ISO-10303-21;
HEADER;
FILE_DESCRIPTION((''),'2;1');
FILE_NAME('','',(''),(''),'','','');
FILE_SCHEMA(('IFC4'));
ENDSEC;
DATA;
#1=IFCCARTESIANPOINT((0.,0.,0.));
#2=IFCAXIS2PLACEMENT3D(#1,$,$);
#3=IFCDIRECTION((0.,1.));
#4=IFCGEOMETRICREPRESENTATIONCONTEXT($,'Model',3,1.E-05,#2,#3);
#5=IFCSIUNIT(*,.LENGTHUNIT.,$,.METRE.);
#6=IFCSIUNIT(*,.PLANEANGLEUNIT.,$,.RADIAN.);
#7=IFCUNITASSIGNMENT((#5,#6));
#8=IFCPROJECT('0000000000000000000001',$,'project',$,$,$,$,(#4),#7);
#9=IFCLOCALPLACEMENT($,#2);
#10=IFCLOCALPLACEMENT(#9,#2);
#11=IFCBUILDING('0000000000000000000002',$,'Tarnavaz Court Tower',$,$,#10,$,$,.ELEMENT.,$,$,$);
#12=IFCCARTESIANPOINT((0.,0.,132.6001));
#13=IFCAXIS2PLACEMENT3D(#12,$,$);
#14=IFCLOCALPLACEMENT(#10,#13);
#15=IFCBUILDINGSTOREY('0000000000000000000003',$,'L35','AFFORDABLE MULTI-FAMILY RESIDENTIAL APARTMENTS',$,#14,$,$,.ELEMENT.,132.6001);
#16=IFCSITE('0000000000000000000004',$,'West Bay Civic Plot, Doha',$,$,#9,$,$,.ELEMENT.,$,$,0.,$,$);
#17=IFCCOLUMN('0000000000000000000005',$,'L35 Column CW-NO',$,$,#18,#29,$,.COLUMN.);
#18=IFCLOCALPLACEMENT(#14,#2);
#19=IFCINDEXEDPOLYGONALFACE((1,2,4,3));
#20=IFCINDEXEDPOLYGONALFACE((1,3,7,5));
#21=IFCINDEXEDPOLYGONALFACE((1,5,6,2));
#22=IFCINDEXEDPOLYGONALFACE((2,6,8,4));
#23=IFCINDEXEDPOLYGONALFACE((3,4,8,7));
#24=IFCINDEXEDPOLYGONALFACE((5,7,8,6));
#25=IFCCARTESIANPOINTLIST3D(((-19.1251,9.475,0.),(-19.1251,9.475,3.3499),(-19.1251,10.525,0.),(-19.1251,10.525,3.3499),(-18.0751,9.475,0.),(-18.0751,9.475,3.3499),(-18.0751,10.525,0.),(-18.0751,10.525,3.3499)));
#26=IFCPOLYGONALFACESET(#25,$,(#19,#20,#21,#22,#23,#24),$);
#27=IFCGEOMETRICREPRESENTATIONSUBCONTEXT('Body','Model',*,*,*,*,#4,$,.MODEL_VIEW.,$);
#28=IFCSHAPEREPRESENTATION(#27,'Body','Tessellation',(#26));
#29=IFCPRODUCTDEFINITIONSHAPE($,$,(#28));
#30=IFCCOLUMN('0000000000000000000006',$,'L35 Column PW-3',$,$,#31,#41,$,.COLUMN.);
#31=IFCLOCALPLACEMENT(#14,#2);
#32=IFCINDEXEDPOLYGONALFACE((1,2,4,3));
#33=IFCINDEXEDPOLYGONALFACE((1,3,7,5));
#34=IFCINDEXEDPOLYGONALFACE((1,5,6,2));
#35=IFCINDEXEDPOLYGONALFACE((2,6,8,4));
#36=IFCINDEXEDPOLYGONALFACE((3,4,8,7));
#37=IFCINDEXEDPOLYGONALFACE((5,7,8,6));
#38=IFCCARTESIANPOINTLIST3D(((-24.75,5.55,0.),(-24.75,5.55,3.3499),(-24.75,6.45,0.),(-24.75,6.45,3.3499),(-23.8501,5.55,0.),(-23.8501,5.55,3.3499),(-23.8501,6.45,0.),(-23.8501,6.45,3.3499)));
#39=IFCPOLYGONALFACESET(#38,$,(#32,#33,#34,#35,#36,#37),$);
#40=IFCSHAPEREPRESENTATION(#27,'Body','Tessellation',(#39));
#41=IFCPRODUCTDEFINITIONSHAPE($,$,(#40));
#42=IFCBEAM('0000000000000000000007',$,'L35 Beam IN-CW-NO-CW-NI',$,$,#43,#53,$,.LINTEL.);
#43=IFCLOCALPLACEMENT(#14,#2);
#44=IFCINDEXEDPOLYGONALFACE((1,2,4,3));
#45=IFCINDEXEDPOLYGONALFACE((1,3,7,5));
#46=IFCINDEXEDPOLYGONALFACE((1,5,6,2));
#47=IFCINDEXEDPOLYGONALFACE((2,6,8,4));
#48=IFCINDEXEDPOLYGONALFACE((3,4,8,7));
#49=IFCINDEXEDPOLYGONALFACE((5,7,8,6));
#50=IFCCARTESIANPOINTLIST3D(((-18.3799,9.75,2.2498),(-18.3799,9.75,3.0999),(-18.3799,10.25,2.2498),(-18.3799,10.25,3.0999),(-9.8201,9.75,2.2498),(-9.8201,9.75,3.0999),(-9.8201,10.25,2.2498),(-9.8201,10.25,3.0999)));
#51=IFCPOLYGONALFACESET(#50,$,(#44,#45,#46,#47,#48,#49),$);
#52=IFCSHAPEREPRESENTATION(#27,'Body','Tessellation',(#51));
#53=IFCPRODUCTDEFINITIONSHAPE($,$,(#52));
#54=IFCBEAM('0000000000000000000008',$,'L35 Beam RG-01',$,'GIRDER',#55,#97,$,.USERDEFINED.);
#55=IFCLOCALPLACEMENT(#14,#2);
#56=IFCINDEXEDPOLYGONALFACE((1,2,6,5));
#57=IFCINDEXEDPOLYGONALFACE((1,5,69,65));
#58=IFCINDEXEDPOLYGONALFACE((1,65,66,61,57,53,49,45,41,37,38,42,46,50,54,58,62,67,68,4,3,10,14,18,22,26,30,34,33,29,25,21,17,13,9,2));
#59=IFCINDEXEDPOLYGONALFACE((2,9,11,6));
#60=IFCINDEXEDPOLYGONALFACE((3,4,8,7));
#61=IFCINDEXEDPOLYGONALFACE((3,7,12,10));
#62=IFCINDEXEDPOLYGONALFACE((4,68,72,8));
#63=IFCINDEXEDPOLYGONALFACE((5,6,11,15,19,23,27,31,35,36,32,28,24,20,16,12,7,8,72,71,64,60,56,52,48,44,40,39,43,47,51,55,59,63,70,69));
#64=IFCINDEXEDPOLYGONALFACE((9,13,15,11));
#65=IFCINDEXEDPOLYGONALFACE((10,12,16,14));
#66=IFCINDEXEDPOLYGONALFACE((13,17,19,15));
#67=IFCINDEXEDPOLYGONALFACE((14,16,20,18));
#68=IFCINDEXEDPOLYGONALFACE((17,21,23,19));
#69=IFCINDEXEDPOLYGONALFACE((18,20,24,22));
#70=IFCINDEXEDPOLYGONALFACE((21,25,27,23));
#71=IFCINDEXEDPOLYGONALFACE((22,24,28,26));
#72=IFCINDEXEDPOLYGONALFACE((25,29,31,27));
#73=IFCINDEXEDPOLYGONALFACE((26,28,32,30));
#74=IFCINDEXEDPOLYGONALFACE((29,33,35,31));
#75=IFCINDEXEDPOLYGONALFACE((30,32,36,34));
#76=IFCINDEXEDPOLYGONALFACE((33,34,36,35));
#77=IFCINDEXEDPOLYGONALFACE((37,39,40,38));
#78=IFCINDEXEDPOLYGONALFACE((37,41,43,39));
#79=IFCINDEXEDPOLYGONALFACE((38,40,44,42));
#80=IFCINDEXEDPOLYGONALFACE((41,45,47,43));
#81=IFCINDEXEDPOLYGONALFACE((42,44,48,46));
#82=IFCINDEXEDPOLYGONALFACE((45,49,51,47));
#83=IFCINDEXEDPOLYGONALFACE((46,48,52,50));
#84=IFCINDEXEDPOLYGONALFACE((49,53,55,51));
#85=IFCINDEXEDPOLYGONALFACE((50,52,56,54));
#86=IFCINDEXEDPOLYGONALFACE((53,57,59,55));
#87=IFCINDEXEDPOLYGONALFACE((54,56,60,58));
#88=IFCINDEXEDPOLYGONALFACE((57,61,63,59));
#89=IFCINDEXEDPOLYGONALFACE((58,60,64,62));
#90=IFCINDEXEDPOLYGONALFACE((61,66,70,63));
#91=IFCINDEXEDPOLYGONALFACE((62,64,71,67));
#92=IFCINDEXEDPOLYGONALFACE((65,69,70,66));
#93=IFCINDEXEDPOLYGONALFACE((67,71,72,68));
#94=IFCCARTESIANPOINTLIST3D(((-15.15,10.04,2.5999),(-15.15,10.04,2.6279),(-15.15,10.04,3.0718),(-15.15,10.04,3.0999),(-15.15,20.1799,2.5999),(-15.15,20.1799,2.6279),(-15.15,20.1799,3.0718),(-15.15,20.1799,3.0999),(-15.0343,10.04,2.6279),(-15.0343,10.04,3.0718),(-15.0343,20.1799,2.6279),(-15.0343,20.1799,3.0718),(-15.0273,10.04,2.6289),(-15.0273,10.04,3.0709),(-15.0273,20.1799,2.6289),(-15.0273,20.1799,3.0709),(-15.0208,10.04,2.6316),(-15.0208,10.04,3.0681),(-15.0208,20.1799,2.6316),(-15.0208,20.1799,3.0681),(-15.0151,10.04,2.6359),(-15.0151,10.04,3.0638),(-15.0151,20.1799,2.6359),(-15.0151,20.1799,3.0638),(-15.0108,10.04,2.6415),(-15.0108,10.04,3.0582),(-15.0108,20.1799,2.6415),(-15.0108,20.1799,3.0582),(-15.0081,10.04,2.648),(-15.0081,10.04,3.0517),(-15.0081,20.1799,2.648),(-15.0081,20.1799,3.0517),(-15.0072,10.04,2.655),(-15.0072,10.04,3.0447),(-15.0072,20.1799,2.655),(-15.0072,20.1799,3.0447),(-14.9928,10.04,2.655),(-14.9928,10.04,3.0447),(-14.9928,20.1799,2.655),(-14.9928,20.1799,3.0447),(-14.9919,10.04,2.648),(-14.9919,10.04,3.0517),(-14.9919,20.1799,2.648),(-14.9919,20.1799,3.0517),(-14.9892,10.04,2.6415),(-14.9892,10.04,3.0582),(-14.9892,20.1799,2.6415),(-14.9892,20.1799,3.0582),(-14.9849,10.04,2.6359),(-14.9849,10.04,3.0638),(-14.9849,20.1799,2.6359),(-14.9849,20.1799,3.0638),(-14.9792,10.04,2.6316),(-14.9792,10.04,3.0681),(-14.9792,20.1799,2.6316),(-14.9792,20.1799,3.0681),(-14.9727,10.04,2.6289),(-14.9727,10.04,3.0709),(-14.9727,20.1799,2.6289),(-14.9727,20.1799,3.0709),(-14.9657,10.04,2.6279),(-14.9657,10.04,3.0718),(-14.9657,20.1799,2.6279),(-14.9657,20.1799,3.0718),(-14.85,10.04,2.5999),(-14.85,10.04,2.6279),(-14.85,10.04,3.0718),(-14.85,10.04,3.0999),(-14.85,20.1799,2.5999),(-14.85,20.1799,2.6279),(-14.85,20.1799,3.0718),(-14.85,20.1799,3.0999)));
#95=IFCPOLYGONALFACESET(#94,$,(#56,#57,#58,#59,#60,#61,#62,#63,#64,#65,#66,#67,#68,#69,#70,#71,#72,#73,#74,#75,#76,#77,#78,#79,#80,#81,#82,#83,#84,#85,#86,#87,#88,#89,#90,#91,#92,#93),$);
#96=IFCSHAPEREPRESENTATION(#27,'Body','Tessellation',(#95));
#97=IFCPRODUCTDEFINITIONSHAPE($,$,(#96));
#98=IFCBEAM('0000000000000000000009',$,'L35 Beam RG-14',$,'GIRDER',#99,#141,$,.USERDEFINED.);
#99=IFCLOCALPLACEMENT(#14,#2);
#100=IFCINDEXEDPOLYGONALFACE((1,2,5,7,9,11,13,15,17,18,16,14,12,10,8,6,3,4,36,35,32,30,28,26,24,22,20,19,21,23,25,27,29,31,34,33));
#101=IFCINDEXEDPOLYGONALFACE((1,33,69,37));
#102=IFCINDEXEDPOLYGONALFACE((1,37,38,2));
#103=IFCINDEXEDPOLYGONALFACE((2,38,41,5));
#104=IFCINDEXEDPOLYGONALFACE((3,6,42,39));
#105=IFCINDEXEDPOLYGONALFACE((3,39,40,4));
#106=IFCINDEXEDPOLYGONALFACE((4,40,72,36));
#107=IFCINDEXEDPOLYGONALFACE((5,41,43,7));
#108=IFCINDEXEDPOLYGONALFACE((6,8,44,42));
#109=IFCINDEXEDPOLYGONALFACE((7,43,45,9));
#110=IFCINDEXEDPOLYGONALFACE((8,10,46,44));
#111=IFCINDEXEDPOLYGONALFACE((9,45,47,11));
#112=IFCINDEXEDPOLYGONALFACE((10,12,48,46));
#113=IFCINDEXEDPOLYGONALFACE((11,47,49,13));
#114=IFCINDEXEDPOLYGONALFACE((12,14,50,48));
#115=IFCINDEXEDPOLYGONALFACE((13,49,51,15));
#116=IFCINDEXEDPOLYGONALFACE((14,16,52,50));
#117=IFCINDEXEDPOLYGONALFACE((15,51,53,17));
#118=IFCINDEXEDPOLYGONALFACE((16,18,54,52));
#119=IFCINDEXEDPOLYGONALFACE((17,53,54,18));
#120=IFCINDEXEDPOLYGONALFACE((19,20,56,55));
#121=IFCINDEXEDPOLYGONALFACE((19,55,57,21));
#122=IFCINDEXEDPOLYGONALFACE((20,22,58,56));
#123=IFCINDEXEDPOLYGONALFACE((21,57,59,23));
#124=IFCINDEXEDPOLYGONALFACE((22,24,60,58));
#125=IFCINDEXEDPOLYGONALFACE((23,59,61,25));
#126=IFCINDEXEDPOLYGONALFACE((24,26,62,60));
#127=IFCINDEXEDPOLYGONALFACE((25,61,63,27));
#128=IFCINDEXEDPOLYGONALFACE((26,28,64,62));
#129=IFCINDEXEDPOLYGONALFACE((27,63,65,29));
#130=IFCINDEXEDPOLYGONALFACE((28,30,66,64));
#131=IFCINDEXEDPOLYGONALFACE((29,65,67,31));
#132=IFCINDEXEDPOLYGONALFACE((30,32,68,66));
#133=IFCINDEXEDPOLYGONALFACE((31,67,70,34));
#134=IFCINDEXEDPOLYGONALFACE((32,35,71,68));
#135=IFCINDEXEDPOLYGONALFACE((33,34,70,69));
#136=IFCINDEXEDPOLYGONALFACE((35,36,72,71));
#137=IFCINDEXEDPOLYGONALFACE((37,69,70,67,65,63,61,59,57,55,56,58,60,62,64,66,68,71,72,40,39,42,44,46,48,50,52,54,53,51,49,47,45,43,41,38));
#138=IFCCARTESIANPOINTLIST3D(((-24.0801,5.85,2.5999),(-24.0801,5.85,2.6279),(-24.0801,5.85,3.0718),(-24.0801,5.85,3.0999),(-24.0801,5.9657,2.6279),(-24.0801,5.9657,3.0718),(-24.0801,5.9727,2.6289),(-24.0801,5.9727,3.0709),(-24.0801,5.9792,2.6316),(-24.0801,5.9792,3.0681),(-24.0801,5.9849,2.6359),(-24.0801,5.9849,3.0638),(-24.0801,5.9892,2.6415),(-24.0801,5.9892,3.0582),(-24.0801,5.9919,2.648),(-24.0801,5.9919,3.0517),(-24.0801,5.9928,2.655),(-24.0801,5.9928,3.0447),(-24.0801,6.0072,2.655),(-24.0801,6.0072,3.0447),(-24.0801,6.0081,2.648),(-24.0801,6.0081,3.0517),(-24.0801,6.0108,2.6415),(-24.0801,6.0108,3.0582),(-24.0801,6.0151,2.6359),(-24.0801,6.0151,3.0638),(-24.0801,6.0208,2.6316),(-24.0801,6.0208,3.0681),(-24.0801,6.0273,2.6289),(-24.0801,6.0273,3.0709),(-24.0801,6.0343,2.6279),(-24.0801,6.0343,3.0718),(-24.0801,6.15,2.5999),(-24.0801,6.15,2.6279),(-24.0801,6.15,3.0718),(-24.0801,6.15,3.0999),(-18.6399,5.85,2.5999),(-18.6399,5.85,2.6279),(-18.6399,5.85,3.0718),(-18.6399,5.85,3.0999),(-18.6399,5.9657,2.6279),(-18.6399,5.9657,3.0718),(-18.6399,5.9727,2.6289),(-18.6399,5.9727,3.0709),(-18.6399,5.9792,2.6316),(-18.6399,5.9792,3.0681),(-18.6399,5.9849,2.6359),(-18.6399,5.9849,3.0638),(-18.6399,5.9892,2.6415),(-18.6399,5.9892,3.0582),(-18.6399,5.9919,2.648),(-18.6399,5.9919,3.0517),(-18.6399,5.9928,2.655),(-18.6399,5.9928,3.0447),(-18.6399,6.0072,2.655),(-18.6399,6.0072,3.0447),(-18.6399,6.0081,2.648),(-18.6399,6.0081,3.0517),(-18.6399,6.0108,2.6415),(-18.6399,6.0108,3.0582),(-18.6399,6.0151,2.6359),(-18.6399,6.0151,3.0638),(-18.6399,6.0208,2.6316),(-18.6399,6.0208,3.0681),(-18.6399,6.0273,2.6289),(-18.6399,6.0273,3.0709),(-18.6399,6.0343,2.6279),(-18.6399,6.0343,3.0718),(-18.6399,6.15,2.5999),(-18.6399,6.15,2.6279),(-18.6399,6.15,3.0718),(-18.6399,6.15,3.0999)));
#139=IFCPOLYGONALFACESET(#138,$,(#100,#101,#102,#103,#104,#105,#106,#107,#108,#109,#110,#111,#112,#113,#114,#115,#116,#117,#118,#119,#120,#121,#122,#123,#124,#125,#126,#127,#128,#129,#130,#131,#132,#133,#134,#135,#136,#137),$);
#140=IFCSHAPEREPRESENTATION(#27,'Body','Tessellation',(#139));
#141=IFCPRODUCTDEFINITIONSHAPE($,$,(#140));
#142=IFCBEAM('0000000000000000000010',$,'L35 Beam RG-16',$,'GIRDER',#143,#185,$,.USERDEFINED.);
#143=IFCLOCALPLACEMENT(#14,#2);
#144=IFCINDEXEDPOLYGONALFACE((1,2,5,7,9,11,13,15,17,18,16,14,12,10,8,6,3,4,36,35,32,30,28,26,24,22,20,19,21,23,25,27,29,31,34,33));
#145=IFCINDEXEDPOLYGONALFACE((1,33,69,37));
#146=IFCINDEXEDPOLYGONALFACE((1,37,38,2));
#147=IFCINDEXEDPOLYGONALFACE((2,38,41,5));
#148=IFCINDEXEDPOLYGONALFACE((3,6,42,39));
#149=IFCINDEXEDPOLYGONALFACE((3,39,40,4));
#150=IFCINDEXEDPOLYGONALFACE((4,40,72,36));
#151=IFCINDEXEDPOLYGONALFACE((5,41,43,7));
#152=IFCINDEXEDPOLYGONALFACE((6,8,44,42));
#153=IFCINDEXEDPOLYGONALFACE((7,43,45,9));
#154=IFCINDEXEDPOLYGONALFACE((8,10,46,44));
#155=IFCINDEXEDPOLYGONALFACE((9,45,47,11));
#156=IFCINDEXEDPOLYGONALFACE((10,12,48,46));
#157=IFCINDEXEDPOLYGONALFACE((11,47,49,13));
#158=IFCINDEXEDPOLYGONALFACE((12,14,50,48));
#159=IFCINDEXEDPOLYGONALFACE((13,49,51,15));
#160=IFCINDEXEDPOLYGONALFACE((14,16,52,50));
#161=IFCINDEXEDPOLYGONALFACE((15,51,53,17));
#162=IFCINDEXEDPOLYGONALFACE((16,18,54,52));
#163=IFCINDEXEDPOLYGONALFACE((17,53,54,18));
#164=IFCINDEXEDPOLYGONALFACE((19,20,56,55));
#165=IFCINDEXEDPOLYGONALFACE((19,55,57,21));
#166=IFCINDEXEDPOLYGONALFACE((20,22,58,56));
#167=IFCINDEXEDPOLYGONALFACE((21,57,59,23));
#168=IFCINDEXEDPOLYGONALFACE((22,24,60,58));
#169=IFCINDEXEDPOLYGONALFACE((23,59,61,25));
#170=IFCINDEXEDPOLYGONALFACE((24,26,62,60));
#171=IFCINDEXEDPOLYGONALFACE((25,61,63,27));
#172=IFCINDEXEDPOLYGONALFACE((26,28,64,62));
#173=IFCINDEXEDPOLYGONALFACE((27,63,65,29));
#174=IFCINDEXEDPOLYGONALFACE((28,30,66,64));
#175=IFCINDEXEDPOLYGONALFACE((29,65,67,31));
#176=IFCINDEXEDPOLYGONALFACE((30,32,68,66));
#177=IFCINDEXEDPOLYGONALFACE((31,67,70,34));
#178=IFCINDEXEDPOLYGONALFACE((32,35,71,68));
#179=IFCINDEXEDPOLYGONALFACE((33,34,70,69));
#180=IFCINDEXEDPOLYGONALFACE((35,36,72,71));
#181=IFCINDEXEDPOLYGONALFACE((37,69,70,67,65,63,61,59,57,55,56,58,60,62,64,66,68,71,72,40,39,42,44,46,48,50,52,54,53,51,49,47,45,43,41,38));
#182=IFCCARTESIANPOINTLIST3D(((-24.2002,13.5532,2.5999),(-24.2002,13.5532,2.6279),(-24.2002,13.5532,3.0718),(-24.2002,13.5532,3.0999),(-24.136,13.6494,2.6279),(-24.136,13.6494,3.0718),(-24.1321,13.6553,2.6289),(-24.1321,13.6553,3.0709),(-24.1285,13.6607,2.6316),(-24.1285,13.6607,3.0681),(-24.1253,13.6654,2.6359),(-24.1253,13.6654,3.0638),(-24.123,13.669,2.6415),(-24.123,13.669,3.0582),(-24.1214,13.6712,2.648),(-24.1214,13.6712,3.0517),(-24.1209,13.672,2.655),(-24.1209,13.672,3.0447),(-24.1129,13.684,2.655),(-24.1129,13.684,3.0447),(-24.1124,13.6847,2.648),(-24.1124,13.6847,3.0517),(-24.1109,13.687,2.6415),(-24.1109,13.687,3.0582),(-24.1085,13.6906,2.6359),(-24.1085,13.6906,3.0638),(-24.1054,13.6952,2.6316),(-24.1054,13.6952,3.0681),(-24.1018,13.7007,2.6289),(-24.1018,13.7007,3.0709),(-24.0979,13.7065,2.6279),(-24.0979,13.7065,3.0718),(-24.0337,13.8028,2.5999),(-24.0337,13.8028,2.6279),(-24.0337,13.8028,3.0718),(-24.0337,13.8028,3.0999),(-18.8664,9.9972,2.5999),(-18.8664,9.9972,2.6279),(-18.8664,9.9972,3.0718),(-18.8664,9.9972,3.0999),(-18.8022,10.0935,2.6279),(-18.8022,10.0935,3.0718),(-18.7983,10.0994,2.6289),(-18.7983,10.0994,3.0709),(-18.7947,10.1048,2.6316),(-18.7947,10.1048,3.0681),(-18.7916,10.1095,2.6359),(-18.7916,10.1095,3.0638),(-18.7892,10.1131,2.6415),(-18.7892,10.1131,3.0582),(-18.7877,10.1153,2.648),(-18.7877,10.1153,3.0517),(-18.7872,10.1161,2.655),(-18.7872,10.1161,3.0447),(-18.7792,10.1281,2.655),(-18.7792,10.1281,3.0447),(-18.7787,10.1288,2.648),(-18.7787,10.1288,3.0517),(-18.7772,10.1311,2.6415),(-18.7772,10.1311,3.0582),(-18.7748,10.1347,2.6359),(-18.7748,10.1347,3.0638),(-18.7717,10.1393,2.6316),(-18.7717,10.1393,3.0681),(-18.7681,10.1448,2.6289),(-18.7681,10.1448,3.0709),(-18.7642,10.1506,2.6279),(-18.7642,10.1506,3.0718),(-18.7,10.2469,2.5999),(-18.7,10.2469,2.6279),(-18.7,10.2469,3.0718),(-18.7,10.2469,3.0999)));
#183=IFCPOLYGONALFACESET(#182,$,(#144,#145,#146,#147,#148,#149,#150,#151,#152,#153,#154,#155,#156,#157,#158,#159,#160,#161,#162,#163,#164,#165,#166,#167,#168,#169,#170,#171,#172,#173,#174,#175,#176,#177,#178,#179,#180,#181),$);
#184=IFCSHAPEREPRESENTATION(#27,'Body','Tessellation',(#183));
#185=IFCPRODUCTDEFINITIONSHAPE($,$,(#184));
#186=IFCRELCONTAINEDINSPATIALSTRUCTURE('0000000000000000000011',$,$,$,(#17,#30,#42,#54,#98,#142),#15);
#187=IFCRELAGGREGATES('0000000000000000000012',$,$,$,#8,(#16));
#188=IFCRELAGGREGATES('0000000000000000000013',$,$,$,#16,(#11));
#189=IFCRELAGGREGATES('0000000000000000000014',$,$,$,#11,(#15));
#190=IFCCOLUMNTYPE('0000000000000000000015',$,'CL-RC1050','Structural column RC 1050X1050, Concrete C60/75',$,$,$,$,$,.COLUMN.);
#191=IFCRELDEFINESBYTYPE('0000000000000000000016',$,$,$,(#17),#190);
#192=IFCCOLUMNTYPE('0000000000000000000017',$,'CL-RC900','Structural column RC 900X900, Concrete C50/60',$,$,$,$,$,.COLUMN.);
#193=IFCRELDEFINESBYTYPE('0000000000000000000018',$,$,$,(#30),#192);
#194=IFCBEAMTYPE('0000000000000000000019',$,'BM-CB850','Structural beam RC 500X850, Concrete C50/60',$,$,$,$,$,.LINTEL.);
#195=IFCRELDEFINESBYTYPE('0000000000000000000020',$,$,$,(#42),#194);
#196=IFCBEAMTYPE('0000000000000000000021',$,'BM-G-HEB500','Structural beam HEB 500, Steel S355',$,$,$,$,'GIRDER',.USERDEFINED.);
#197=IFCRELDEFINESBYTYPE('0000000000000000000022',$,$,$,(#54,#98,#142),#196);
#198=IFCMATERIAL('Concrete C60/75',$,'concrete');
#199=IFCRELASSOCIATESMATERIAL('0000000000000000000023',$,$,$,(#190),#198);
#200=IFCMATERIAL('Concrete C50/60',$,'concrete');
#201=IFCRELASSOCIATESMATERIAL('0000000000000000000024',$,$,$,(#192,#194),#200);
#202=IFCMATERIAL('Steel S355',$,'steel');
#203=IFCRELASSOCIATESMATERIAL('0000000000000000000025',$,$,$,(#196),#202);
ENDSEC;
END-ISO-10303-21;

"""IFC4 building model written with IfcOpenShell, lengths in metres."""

from ifc_helpers import new_model, si_unit, direction, frame, origin, origin_2d, place, context, subcontext, project, spatial, rectangle, i_section, extrude, material, material_profile, profile_set, type_object, element, save


model = new_model("IFC4")

# Units and contexts
model_context = context("Model", 3, precision=1e-05, world=origin(), true_north=direction((0.0, 1.0)))
body_context = subcontext(model_context, "Body", "Model", "MODEL_VIEW")
ifc_project = project(units=[si_unit("LENGTHUNIT", "METRE"), si_unit("PLANEANGLEUNIT", "RADIAN")], contexts=[model_context])

# Site, building, storey
site_placement = place(None, origin())
site = spatial("IfcSite", under=ifc_project, at=site_placement, Name="West Bay Civic Plot, Doha", CompositionType="ELEMENT", RefElevation=0.0)
building_placement = place(site_placement, origin())
building = spatial("IfcBuilding", under=site, at=building_placement, Name="Tarnavaz Court Tower", CompositionType="ELEMENT")
storey_placement = place(building_placement, frame((0.0, 0.0, 132.6001)))
storey = spatial("IfcBuildingStorey", under=building, at=storey_placement, Name="L35", Description="AFFORDABLE MULTI-FAMILY RESIDENTIAL APARTMENTS", CompositionType="ELEMENT", Elevation=132.6001)

# Columns
ifc_material_1 = material(Name="Concrete C60/75", Category="concrete")
ifc_material_profile_1 = material_profile(ifc_material_1, rectangle(XDim=1.05, YDim=1.05, at=origin_2d()), Name="RC 1050X1050")
ifc_profile_set_1 = profile_set([ifc_material_profile_1], Name="Concrete C60/75")
column_type_1 = type_object("IfcColumnType", Name="CL-RC1050", Description="Structural column RC 1050X1050, Concrete C60/75", PredefinedType="COLUMN", material=ifc_profile_set_1)
column_1_placement = place(storey_placement, frame((-18.6001, 10.0, 0.0), z_axis=(0.0, 0.0, 1.0), x_axis=(1.0, 0.0, 0.0)))
element("IfcColumn", 1, at=column_1_placement, inside=storey, type_object=column_type_1, Name="L35 Column CW-NO", PredefinedType="COLUMN", context=body_context, shape_type="SweptSolid", body=[
    extrude(rectangle(XDim=1.05, YDim=1.05, at=origin_2d()), origin(), (0.0, 0.0, 1.0), 3.3499),
])
ifc_material_2 = material(Name="Concrete C50/60", Category="concrete")
ifc_material_profile_2 = material_profile(ifc_material_2, rectangle(XDim=0.8999, YDim=0.8999, at=origin_2d()), Name="RC 900X900")
ifc_profile_set_2 = profile_set([ifc_material_profile_2], Name="Concrete C50/60")
column_type_2 = type_object("IfcColumnType", Name="CL-RC900", Description="Structural column RC 900X900, Concrete C50/60", PredefinedType="COLUMN", material=ifc_profile_set_2)
column_2_placement = place(storey_placement, frame((-24.3, 6.0, 0.0), z_axis=(0.0, 0.0, 1.0), x_axis=(1.0, 0.0, 0.0)))
element("IfcColumn", 2, at=column_2_placement, inside=storey, type_object=column_type_2, Name="L35 Column PW-3", PredefinedType="COLUMN", context=body_context, shape_type="SweptSolid", body=[
    extrude(rectangle(XDim=0.8999, YDim=0.8999, at=origin_2d()), origin(), (0.0, 0.0, 1.0), 3.3499),
])

# Beams
ifc_material_profile_3 = material_profile(ifc_material_2, rectangle(XDim=0.5, YDim=0.8501, at=origin_2d()), Name="RC 500X850")
ifc_profile_set_3 = profile_set([ifc_material_profile_3], Name="Concrete C50/60")
beam_type_1 = type_object("IfcBeamType", Name="BM-CB850", Description="Structural beam RC 500X850, Concrete C50/60", PredefinedType="LINTEL", material=ifc_profile_set_3)
beam_1_placement = place(storey_placement, frame((-18.3799, 10.0, 2.6748), z_axis=(1.0, 0.0, 0.0), x_axis=(0.0, 1.0, 0.0)))
element("IfcBeam", 3, at=beam_1_placement, inside=storey, type_object=beam_type_1, Name="L35 Beam IN-CW-NO-CW-NI", PredefinedType="LINTEL", context=body_context, shape_type="SweptSolid", body=[
    extrude(rectangle(XDim=0.5, YDim=0.8501, at=origin_2d()), origin(), (0.0, 0.0, 1.0), 8.5598),
])
ifc_material_3 = material(Name="Steel S355", Category="steel")
ifc_material_profile_4 = material_profile(ifc_material_3, i_section(OverallWidth=0.3, OverallDepth=0.5, WebThickness=0.0144, FlangeThickness=0.0281, FilletRadius=0.0271, at=origin_2d()), Name="HEB 500")
ifc_profile_set_4 = profile_set([ifc_material_profile_4], Name="Steel S355")
beam_type_2 = type_object("IfcBeamType", Name="BM-G-HEB500", Description="Structural beam HEB 500, Steel S355", ElementType="GIRDER", PredefinedType="USERDEFINED", material=ifc_profile_set_4)
beam_2_placement = place(storey_placement, frame((-15.0, 10.04, 2.8499), z_axis=(0.0, 1.0, 0.0), x_axis=(-1.0, 0.0, 0.0)))
element("IfcBeam", 4, at=beam_2_placement, inside=storey, type_object=beam_type_2, Name="L35 Beam RG-01", ObjectType="GIRDER", PredefinedType="USERDEFINED", context=body_context, shape_type="SweptSolid", body=[
    extrude(i_section(OverallWidth=0.3, OverallDepth=0.5, WebThickness=0.0144, FlangeThickness=0.0281, FilletRadius=0.0271, at=origin_2d()), origin(), (0.0, 0.0, 1.0), 10.1399),
])
beam_3_placement = place(storey_placement, frame((-18.6399, 6.0, 2.8499), z_axis=(-1.0, 0.0, 0.0), x_axis=(0.0, -1.0, 0.0)))
element("IfcBeam", 5, at=beam_3_placement, inside=storey, type_object=beam_type_2, Name="L35 Beam RG-14", ObjectType="GIRDER", PredefinedType="USERDEFINED", context=body_context, shape_type="SweptSolid", body=[
    extrude(i_section(OverallWidth=0.3, OverallDepth=0.5, WebThickness=0.0144, FlangeThickness=0.0281, FilletRadius=0.0271, at=origin_2d()), origin(), (0.0, 0.0, 1.0), 5.4402),
])
beam_4_placement = place(storey_placement, frame((-18.7832, 10.1221, 2.8499), z_axis=(-0.832044, 0.554709, 0.0), x_axis=(-0.554709, -0.832044, 0.0)))
element("IfcBeam", 6, at=beam_4_placement, inside=storey, type_object=beam_type_2, Name="L35 Beam RG-16", ObjectType="GIRDER", PredefinedType="USERDEFINED", context=body_context, shape_type="SweptSolid", body=[
    extrude(i_section(OverallWidth=0.3, OverallDepth=0.5, WebThickness=0.0144, FlangeThickness=0.0281, FilletRadius=0.0271, at=origin_2d()), origin(), (0.0, 0.0, 1.0), 6.4104),
])

save(model, "model.ifc")
